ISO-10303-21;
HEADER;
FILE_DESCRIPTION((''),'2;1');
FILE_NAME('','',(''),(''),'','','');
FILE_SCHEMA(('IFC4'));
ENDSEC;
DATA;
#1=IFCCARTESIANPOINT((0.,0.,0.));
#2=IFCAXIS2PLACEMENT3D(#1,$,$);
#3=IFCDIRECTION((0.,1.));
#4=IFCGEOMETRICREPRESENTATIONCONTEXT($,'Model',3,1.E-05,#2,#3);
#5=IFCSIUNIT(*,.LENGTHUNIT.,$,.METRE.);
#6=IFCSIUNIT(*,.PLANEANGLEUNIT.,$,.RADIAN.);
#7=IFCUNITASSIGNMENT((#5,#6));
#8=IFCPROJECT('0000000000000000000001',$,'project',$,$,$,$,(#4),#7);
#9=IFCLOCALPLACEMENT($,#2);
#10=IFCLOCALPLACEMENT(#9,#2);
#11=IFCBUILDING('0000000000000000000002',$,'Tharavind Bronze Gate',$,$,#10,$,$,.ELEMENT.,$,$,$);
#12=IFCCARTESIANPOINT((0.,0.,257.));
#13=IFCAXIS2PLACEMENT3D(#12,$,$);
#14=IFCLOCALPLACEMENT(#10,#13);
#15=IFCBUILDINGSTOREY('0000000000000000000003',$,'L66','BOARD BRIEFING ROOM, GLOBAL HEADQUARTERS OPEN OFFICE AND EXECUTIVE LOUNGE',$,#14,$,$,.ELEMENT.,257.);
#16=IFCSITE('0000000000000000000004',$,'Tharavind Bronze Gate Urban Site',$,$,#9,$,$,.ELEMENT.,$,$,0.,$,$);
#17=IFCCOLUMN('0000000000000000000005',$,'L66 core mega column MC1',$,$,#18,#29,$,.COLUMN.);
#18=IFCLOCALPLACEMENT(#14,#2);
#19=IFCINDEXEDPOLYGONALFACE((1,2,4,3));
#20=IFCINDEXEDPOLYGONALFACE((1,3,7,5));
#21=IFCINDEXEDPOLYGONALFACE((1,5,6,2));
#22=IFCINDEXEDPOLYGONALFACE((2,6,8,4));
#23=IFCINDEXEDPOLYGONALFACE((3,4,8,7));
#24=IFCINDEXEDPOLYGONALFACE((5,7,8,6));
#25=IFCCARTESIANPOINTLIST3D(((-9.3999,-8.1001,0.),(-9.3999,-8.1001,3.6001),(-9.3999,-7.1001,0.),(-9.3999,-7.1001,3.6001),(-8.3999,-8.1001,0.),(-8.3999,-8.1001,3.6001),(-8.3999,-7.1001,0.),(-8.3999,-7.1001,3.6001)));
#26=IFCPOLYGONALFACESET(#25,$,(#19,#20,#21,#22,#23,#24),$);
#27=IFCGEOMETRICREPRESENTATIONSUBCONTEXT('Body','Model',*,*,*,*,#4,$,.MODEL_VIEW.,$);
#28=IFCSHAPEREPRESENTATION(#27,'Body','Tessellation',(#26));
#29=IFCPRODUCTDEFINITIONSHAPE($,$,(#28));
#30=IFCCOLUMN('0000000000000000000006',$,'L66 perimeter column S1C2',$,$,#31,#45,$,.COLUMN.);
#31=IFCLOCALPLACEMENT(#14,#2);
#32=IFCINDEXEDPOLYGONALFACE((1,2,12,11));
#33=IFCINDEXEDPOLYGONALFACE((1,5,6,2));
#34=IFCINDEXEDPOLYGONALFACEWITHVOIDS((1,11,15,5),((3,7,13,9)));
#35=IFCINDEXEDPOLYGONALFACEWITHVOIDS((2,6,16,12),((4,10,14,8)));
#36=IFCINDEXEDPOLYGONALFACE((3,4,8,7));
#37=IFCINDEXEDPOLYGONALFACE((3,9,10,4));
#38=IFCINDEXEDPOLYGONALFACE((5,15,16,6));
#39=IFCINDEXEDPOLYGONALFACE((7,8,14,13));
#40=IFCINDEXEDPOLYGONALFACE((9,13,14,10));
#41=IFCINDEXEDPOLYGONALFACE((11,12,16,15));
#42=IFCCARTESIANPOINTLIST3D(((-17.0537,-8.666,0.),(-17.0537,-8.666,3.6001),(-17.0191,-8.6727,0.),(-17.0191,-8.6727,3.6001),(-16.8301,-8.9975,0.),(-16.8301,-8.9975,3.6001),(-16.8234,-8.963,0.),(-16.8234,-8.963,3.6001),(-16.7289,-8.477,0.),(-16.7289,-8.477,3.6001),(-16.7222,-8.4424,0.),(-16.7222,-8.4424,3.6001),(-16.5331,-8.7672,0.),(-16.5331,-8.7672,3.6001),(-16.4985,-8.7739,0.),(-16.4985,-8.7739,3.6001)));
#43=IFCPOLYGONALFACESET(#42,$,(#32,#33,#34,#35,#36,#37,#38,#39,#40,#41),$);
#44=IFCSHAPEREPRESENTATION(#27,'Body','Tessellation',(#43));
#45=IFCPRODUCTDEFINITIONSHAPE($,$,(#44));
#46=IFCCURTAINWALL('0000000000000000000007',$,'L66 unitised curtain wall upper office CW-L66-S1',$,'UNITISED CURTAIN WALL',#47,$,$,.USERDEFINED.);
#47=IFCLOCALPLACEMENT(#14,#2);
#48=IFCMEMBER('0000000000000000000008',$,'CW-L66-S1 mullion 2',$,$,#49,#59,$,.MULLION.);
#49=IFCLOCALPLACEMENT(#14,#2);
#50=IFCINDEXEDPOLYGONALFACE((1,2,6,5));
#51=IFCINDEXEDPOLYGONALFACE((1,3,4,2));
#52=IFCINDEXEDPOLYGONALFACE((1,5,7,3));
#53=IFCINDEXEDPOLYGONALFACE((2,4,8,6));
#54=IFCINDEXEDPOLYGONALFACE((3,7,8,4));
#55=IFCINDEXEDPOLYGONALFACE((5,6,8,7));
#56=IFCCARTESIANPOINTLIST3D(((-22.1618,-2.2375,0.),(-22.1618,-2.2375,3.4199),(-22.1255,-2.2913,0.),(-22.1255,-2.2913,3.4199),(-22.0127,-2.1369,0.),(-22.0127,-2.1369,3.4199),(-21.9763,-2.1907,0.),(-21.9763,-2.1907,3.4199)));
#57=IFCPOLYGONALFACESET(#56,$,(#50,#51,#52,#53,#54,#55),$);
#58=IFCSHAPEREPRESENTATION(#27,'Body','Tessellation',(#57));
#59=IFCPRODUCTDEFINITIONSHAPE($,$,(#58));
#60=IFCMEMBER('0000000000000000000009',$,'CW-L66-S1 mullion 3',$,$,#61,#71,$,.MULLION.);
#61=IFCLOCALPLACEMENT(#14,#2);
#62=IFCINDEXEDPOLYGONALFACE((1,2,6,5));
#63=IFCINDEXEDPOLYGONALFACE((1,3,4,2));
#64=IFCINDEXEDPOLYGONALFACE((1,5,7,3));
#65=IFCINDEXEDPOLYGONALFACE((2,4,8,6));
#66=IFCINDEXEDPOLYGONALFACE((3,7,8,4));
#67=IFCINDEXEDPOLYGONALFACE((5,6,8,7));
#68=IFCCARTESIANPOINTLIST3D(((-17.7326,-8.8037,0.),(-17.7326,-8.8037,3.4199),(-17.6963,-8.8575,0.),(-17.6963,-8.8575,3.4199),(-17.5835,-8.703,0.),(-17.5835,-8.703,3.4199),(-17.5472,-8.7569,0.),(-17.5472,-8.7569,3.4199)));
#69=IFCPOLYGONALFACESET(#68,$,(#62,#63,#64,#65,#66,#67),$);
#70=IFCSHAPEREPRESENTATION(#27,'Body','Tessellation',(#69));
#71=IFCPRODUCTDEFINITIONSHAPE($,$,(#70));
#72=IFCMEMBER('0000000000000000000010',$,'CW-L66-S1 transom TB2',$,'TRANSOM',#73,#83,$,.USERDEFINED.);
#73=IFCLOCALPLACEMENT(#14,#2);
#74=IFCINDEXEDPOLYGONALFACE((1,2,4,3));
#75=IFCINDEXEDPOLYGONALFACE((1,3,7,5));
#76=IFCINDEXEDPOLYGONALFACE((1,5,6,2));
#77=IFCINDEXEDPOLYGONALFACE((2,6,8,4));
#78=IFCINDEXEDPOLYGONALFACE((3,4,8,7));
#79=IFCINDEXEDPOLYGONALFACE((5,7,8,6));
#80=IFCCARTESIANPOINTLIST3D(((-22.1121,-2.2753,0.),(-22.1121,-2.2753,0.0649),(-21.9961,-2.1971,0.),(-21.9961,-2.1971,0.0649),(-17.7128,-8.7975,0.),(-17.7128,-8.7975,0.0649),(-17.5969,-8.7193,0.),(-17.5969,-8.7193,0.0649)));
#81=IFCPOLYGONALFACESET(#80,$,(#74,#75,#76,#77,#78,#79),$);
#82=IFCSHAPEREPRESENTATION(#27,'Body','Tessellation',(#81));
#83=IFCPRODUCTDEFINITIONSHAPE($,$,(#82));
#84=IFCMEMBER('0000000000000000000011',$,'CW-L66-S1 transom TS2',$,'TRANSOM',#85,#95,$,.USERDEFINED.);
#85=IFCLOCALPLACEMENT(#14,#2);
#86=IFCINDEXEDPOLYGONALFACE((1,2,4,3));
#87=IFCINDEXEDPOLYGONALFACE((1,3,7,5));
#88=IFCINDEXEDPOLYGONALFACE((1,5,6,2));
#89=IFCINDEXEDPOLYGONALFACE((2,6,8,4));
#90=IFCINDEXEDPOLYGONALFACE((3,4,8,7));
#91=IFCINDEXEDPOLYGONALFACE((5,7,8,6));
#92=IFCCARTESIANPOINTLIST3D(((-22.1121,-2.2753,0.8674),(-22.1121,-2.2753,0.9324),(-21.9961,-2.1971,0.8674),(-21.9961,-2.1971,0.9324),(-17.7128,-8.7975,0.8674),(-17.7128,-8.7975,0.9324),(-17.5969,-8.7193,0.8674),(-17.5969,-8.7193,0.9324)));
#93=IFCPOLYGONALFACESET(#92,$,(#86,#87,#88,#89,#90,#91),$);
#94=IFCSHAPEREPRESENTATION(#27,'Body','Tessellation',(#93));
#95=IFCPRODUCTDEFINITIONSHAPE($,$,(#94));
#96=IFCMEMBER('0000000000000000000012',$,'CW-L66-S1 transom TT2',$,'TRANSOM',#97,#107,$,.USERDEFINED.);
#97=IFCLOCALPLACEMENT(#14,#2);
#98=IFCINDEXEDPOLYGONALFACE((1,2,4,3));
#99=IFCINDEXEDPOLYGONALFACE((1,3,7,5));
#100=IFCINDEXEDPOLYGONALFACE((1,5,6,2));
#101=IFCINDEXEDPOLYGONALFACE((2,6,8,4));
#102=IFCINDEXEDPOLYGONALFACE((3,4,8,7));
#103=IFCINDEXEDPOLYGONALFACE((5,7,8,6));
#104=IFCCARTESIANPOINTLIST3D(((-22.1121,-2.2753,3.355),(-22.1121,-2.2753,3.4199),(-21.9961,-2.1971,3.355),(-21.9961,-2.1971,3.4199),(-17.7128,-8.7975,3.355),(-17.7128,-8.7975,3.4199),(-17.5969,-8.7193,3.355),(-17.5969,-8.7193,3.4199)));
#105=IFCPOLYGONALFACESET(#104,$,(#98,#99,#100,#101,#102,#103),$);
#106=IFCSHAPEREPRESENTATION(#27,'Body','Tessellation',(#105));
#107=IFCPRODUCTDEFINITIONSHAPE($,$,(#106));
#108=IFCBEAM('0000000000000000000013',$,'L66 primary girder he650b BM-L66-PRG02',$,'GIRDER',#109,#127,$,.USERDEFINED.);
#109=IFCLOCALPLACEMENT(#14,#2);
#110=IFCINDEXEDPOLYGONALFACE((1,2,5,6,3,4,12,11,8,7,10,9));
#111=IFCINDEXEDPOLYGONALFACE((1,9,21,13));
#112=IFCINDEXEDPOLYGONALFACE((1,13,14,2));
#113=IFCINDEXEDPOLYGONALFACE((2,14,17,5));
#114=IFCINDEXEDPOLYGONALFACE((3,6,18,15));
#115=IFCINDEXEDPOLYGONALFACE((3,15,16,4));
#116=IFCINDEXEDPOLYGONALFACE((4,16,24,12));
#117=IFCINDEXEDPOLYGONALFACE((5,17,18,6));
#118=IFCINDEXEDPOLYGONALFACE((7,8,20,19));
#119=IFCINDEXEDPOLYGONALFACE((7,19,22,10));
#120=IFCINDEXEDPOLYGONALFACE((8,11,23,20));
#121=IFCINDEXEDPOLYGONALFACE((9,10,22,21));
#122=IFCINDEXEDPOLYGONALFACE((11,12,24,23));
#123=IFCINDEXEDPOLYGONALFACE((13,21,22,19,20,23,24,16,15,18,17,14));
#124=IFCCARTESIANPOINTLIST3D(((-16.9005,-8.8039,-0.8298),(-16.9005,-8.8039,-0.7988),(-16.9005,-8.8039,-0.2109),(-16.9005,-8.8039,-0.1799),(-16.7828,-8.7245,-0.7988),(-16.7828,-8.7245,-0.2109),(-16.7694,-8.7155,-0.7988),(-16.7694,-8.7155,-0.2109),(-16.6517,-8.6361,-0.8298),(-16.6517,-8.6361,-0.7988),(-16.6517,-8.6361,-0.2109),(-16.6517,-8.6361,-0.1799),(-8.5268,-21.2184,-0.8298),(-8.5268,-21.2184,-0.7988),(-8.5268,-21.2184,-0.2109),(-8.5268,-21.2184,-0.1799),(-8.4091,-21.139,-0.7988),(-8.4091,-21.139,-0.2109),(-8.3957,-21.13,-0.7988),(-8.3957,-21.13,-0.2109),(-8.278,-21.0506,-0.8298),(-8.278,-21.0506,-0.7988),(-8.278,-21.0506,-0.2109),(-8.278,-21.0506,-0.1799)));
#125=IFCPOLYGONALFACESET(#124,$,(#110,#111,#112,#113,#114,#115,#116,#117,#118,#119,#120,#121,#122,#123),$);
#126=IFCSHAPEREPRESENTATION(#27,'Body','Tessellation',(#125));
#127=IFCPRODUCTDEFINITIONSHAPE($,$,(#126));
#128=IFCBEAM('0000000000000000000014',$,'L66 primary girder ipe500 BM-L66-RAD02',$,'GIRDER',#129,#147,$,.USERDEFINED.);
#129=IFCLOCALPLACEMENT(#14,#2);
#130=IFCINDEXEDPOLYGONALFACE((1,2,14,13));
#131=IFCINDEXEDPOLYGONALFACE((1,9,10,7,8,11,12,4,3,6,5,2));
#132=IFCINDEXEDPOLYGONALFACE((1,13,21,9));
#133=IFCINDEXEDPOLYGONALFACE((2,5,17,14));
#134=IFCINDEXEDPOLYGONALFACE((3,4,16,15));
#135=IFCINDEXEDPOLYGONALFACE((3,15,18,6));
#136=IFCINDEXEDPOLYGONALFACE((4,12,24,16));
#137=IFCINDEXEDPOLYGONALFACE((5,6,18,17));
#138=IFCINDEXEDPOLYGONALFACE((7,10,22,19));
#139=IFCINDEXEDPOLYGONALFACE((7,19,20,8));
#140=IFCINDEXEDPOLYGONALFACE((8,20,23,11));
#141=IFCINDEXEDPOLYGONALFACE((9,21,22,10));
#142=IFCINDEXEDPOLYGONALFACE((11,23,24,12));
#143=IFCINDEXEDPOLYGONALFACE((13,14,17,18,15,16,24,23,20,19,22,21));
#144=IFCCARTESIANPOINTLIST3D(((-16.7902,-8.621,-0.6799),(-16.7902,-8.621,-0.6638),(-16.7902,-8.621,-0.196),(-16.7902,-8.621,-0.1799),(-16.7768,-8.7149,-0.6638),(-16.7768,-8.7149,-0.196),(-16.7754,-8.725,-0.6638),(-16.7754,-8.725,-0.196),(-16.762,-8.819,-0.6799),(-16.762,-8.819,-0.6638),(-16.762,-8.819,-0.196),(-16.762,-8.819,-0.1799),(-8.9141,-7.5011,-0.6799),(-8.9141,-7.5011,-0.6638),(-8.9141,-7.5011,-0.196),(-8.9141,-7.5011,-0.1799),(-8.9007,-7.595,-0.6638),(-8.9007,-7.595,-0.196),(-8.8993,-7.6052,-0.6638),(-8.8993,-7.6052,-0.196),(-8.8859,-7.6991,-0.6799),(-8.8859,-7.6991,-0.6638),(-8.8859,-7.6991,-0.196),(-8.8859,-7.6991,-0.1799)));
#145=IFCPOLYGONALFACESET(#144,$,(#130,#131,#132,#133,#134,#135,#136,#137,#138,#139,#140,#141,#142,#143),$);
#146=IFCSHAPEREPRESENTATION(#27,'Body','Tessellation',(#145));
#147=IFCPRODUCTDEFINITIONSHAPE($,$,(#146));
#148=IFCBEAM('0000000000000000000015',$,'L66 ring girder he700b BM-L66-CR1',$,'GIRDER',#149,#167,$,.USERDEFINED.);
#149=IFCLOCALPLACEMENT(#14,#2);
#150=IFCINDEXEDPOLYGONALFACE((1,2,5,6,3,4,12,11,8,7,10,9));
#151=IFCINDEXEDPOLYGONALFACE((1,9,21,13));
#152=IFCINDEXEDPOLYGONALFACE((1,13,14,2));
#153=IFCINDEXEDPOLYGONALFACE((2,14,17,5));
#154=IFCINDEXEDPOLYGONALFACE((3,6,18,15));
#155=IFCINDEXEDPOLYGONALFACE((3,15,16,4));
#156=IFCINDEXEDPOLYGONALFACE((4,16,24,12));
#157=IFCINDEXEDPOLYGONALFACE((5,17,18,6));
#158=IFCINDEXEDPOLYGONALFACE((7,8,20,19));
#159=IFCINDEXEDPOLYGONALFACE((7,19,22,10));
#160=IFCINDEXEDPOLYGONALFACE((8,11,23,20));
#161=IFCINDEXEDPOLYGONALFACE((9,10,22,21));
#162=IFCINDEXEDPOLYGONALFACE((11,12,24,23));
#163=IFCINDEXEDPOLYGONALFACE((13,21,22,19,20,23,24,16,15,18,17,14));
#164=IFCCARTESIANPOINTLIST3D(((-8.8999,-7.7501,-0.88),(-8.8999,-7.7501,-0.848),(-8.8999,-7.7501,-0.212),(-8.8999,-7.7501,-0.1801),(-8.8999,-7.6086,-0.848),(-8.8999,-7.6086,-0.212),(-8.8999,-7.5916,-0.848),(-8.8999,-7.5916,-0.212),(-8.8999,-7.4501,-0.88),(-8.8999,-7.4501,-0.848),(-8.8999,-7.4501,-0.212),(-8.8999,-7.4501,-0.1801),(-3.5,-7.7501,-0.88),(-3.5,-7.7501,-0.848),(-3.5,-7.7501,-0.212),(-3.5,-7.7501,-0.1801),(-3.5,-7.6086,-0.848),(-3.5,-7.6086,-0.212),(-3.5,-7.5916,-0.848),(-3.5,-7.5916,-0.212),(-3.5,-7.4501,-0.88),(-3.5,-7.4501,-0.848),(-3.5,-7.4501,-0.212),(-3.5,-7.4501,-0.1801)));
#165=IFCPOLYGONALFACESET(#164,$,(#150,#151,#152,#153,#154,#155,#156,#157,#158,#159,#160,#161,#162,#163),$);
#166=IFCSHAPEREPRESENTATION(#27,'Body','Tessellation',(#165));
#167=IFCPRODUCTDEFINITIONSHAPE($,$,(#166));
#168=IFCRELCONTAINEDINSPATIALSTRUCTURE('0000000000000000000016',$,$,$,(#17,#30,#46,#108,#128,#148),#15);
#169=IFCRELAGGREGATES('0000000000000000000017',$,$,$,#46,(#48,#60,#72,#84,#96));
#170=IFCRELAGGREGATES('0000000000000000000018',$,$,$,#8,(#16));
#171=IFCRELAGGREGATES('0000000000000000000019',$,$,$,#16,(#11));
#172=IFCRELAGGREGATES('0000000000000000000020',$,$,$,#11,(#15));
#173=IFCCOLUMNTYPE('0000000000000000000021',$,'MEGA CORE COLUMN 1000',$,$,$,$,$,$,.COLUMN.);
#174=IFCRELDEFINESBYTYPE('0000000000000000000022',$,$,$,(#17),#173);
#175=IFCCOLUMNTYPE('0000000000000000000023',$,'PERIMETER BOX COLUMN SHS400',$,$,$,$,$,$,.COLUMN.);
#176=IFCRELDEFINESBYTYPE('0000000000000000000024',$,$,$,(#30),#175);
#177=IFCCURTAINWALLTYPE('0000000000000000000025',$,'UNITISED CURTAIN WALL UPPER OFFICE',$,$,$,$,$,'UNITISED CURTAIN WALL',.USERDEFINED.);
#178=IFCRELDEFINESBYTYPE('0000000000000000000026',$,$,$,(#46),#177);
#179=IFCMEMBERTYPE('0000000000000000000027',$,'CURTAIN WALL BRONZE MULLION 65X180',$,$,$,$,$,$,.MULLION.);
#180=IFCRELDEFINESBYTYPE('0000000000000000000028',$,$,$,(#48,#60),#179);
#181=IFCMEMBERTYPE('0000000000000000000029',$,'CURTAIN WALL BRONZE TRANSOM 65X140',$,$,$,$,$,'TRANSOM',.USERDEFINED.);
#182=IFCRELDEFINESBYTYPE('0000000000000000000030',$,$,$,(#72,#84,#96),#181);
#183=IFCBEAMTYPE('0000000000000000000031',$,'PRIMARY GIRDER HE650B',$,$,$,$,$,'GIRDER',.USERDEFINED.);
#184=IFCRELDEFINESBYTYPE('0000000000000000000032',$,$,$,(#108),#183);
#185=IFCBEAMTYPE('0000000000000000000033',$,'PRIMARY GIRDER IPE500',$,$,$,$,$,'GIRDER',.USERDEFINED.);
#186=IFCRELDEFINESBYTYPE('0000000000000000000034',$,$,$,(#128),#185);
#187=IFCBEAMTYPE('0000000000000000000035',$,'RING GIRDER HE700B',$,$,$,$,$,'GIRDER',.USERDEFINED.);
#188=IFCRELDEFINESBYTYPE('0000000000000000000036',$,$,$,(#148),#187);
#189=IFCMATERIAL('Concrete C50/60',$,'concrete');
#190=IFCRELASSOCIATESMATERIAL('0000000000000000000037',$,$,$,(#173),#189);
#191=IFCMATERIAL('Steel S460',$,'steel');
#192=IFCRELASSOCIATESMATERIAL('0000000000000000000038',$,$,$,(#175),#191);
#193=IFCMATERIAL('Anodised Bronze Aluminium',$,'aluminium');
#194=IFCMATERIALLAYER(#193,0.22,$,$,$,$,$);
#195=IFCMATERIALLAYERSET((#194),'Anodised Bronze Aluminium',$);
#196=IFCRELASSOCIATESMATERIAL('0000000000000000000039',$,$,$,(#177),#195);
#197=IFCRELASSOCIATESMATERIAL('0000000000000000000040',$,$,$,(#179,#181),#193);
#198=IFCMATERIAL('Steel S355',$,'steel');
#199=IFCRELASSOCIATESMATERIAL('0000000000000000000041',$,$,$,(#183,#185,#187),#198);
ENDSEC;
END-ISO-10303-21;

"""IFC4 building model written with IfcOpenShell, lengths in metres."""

from ifc_helpers import new_model, si_unit, direction, frame, origin, origin_2d, place, context, subcontext, project, spatial, rectangle, hollow_rectangle, i_section, extrude, material, layer, layer_set, material_profile, profile_set, type_object, element, aggregate, save


model = new_model("IFC4")

# Units and contexts
model_context = context("Model", 3, precision=1e-05, world=origin(), true_north=direction((0.0, 1.0)))
body_context = subcontext(model_context, "Body", "Model", "MODEL_VIEW")
ifc_project = project(units=[si_unit("LENGTHUNIT", "METRE"), si_unit("PLANEANGLEUNIT", "RADIAN")], contexts=[model_context])

# Site, building, storey
site_placement = place(None, origin())
site = spatial("IfcSite", under=ifc_project, at=site_placement, Name="Tharavind Bronze Gate Urban Site", CompositionType="ELEMENT", RefElevation=0.0)
building_placement = place(site_placement, origin())
building = spatial("IfcBuilding", under=site, at=building_placement, Name="Tharavind Bronze Gate", CompositionType="ELEMENT")
storey_placement = place(building_placement, frame((0.0, 0.0, 257.0)))
storey = spatial("IfcBuildingStorey", under=building, at=storey_placement, Name="L66", Description="BOARD BRIEFING ROOM, GLOBAL HEADQUARTERS OPEN OFFICE AND EXECUTIVE LOUNGE", CompositionType="ELEMENT", Elevation=257.0)

# Columns
ifc_material_1 = material(Name="Concrete C50/60", Category="concrete")
ifc_material_profile_1 = material_profile(ifc_material_1, rectangle(XDim=1.0, YDim=1.0, at=origin_2d()), Name="RCCOL1000")
ifc_profile_set_1 = profile_set([ifc_material_profile_1], Name="Concrete C50/60")
column_type_1 = type_object("IfcColumnType", Name="MEGA CORE COLUMN 1000", PredefinedType="COLUMN", material=ifc_profile_set_1)
column_1_placement = place(storey_placement, frame((-8.8999, -7.6001, 0.0), z_axis=(0.0, 0.0, 1.0), x_axis=(1.0, 0.0, 0.0)))
element("IfcColumn", 1, at=column_1_placement, inside=storey, type_object=column_type_1, Name="L66 core mega column MC1", PredefinedType="COLUMN", context=body_context, shape_type="SweptSolid", body=[
    extrude(rectangle(XDim=1.0, YDim=1.0, at=origin_2d()), origin(), (0.0, 0.0, 1.0), 3.6001),
])
ifc_material_2 = material(Name="Steel S460", Category="steel")
ifc_material_profile_2 = material_profile(ifc_material_2, hollow_rectangle(XDim=0.3999, YDim=0.3999, WallThickness=0.0249, at=origin_2d()), Name="SHS400X25")
ifc_profile_set_2 = profile_set([ifc_material_profile_2], Name="Steel S460")
column_type_2 = type_object("IfcColumnType", Name="PERIMETER BOX COLUMN SHS400", PredefinedType="COLUMN", material=ifc_profile_set_2)
column_2_placement = place(storey_placement, frame((-16.7761, -8.72, 0.0), z_axis=(0.0, 0.0, 1.0), x_axis=(-0.559193, 0.829038, 0.0)))
element("IfcColumn", 2, at=column_2_placement, inside=storey, type_object=column_type_2, Name="L66 perimeter column S1C2", PredefinedType="COLUMN", context=body_context, shape_type="SweptSolid", body=[
    extrude(hollow_rectangle(XDim=0.3999, YDim=0.3999, WallThickness=0.0249, at=origin_2d()), origin(), (0.0, 0.0, 1.0), 3.6001),
])

# Curtain wall, members
ifc_material_3 = material(Name="Anodised Bronze Aluminium", Category="aluminium")
ifc_layer_1 = layer(ifc_material_3, 0.22)
ifc_layer_set_1 = layer_set([ifc_layer_1], Name="Anodised Bronze Aluminium")
curtain_wall_type = type_object("IfcCurtainWallType", Name="UNITISED CURTAIN WALL UPPER OFFICE", ElementType="UNITISED CURTAIN WALL", PredefinedType="USERDEFINED", material=ifc_layer_set_1)
curtain_wall_placement = place(storey_placement, origin())
curtain_wall = element("IfcCurtainWall", 3, at=curtain_wall_placement, inside=storey, type_object=curtain_wall_type, Name="L66 unitised curtain wall upper office CW-L66-S1", ObjectType="UNITISED CURTAIN WALL", PredefinedType="USERDEFINED")
member_type_1 = type_object("IfcMemberType", Name="CURTAIN WALL BRONZE MULLION 65X180", PredefinedType="MULLION", material=ifc_material_3)
member_1_placement = place(storey_placement, frame((-22.0691, -2.2141, 0.0), z_axis=(0.0, 0.0, 1.0), x_axis=(0.559191, -0.829039, 0.0)))
member_1 = element("IfcMember", 4, at=member_1_placement, type_object=member_type_1, Name="CW-L66-S1 mullion 2", PredefinedType="MULLION", context=body_context, shape_type="SweptSolid", body=[
    extrude(rectangle(XDim=0.0649, YDim=0.1799, at=origin_2d()), origin(), (0.0, 0.0, 1.0), 3.4199),
])
member_2_placement = place(storey_placement, frame((-17.6399, -8.7803, 0.0), z_axis=(0.0, 0.0, 1.0), x_axis=(0.559191, -0.829039, 0.0)))
member_2 = element("IfcMember", 5, at=member_2_placement, type_object=member_type_1, Name="CW-L66-S1 mullion 3", PredefinedType="MULLION", context=body_context, shape_type="SweptSolid", body=[
    extrude(rectangle(XDim=0.0649, YDim=0.1799, at=origin_2d()), origin(), (0.0, 0.0, 1.0), 3.4199),
])
member_type_2 = type_object("IfcMemberType", Name="CURTAIN WALL BRONZE TRANSOM 65X140", ElementType="TRANSOM", PredefinedType="USERDEFINED", material=ifc_material_3)
member_3_placement = place(storey_placement, frame((-19.8545, -5.4973, 0.0), z_axis=(0.0, 0.0, 1.0), x_axis=(0.559191, -0.829039, 0.0)))
member_3 = element("IfcMember", 6, at=member_3_placement, type_object=member_type_2, Name="CW-L66-S1 transom TB2", ObjectType="TRANSOM", PredefinedType="USERDEFINED", context=body_context, shape_type="SweptSolid", body=[
    extrude(rectangle(XDim=7.8672, YDim=0.1399, at=origin_2d()), origin(), (0.0, 0.0, 1.0), 0.0649),
])
member_4_placement = place(storey_placement, frame((-19.8545, -5.4973, 0.8674), z_axis=(0.0, 0.0, 1.0), x_axis=(0.559191, -0.829039, 0.0)))
member_4 = element("IfcMember", 7, at=member_4_placement, type_object=member_type_2, Name="CW-L66-S1 transom TS2", ObjectType="TRANSOM", PredefinedType="USERDEFINED", context=body_context, shape_type="SweptSolid", body=[
    extrude(rectangle(XDim=7.8672, YDim=0.1399, at=origin_2d()), origin(), (0.0, 0.0, 1.0), 0.0649),
])
member_5_placement = place(storey_placement, frame((-19.8545, -5.4973, 3.355), z_axis=(0.0, 0.0, 1.0), x_axis=(0.559191, -0.829039, 0.0)))
member_5 = element("IfcMember", 8, at=member_5_placement, type_object=member_type_2, Name="CW-L66-S1 transom TT2", ObjectType="TRANSOM", PredefinedType="USERDEFINED", context=body_context, shape_type="SweptSolid", body=[
    extrude(rectangle(XDim=7.8672, YDim=0.1399, at=origin_2d()), origin(), (0.0, 0.0, 1.0), 0.0649),
])

# Beams
ifc_material_4 = material(Name="Steel S355", Category="steel")
ifc_material_profile_3 = material_profile(ifc_material_4, i_section(OverallWidth=0.3, OverallDepth=0.6499, WebThickness=0.0161, FlangeThickness=0.031, at=origin_2d()), Name="HE650B")
ifc_profile_set_3 = profile_set([ifc_material_profile_3], Name="Steel S355")
beam_type_1 = type_object("IfcBeamType", Name="PRIMARY GIRDER HE650B", ElementType="GIRDER", PredefinedType="USERDEFINED", material=ifc_profile_set_3)
beam_1_placement = place(storey_placement, frame((-16.7761, -8.72, -0.5049), z_axis=(0.559196, -0.829036, 0.0), x_axis=(0.829036, 0.559196, 0.0)))
element("IfcBeam", 9, at=beam_1_placement, inside=storey, type_object=beam_type_1, Name="L66 primary girder he650b BM-L66-PRG02", ObjectType="GIRDER", PredefinedType="USERDEFINED", context=body_context, shape_type="SweptSolid", body=[
    extrude(i_section(OverallWidth=0.3, OverallDepth=0.6499, WebThickness=0.0161, FlangeThickness=0.031, at=origin_2d()), origin(), (0.0, 0.0, 1.0), 14.9746),
])
ifc_material_profile_4 = material_profile(ifc_material_4, i_section(OverallWidth=0.2, OverallDepth=0.5, WebThickness=0.0103, FlangeThickness=0.0161, at=origin_2d()), Name="IPE500")
ifc_profile_set_4 = profile_set([ifc_material_profile_4], Name="Steel S355")
beam_type_2 = type_object("IfcBeamType", Name="PRIMARY GIRDER IPE500", ElementType="GIRDER", PredefinedType="USERDEFINED", material=ifc_profile_set_4)
beam_2_placement = place(storey_placement, frame((-16.7761, -8.72, -0.4299), z_axis=(0.990043, 0.140768, 0.0), x_axis=(-0.140768, 0.990043, 0.0)))
element("IfcBeam", 10, at=beam_2_placement, inside=storey, type_object=beam_type_2, Name="L66 primary girder ipe500 BM-L66-RAD02", ObjectType="GIRDER", PredefinedType="USERDEFINED", context=body_context, shape_type="SweptSolid", body=[
    extrude(i_section(OverallWidth=0.2, OverallDepth=0.5, WebThickness=0.0103, FlangeThickness=0.0161, at=origin_2d()), origin(), (0.0, 0.0, 1.0), 7.9553),
])
ifc_material_profile_5 = material_profile(ifc_material_4, i_section(OverallWidth=0.3, OverallDepth=0.7, WebThickness=0.0171, FlangeThickness=0.032, at=origin_2d()), Name="HE700B")
ifc_profile_set_5 = profile_set([ifc_material_profile_5], Name="Steel S355")
beam_type_3 = type_object("IfcBeamType", Name="RING GIRDER HE700B", ElementType="GIRDER", PredefinedType="USERDEFINED", material=ifc_profile_set_5)
beam_3_placement = place(storey_placement, frame((-8.8999, -7.6001, -0.53), z_axis=(1.0, 0.0, 0.0), x_axis=(0.0, 1.0, 0.0)))
element("IfcBeam", 11, at=beam_3_placement, inside=storey, type_object=beam_type_3, Name="L66 ring girder he700b BM-L66-CR1", ObjectType="GIRDER", PredefinedType="USERDEFINED", context=body_context, shape_type="SweptSolid", body=[
    extrude(i_section(OverallWidth=0.3, OverallDepth=0.7, WebThickness=0.0171, FlangeThickness=0.032, at=origin_2d()), origin(), (0.0, 0.0, 1.0), 5.3999),
])

aggregate(curtain_wall, [member_1, member_2, member_3, member_4, member_5])

save(model, "model.ifc")
